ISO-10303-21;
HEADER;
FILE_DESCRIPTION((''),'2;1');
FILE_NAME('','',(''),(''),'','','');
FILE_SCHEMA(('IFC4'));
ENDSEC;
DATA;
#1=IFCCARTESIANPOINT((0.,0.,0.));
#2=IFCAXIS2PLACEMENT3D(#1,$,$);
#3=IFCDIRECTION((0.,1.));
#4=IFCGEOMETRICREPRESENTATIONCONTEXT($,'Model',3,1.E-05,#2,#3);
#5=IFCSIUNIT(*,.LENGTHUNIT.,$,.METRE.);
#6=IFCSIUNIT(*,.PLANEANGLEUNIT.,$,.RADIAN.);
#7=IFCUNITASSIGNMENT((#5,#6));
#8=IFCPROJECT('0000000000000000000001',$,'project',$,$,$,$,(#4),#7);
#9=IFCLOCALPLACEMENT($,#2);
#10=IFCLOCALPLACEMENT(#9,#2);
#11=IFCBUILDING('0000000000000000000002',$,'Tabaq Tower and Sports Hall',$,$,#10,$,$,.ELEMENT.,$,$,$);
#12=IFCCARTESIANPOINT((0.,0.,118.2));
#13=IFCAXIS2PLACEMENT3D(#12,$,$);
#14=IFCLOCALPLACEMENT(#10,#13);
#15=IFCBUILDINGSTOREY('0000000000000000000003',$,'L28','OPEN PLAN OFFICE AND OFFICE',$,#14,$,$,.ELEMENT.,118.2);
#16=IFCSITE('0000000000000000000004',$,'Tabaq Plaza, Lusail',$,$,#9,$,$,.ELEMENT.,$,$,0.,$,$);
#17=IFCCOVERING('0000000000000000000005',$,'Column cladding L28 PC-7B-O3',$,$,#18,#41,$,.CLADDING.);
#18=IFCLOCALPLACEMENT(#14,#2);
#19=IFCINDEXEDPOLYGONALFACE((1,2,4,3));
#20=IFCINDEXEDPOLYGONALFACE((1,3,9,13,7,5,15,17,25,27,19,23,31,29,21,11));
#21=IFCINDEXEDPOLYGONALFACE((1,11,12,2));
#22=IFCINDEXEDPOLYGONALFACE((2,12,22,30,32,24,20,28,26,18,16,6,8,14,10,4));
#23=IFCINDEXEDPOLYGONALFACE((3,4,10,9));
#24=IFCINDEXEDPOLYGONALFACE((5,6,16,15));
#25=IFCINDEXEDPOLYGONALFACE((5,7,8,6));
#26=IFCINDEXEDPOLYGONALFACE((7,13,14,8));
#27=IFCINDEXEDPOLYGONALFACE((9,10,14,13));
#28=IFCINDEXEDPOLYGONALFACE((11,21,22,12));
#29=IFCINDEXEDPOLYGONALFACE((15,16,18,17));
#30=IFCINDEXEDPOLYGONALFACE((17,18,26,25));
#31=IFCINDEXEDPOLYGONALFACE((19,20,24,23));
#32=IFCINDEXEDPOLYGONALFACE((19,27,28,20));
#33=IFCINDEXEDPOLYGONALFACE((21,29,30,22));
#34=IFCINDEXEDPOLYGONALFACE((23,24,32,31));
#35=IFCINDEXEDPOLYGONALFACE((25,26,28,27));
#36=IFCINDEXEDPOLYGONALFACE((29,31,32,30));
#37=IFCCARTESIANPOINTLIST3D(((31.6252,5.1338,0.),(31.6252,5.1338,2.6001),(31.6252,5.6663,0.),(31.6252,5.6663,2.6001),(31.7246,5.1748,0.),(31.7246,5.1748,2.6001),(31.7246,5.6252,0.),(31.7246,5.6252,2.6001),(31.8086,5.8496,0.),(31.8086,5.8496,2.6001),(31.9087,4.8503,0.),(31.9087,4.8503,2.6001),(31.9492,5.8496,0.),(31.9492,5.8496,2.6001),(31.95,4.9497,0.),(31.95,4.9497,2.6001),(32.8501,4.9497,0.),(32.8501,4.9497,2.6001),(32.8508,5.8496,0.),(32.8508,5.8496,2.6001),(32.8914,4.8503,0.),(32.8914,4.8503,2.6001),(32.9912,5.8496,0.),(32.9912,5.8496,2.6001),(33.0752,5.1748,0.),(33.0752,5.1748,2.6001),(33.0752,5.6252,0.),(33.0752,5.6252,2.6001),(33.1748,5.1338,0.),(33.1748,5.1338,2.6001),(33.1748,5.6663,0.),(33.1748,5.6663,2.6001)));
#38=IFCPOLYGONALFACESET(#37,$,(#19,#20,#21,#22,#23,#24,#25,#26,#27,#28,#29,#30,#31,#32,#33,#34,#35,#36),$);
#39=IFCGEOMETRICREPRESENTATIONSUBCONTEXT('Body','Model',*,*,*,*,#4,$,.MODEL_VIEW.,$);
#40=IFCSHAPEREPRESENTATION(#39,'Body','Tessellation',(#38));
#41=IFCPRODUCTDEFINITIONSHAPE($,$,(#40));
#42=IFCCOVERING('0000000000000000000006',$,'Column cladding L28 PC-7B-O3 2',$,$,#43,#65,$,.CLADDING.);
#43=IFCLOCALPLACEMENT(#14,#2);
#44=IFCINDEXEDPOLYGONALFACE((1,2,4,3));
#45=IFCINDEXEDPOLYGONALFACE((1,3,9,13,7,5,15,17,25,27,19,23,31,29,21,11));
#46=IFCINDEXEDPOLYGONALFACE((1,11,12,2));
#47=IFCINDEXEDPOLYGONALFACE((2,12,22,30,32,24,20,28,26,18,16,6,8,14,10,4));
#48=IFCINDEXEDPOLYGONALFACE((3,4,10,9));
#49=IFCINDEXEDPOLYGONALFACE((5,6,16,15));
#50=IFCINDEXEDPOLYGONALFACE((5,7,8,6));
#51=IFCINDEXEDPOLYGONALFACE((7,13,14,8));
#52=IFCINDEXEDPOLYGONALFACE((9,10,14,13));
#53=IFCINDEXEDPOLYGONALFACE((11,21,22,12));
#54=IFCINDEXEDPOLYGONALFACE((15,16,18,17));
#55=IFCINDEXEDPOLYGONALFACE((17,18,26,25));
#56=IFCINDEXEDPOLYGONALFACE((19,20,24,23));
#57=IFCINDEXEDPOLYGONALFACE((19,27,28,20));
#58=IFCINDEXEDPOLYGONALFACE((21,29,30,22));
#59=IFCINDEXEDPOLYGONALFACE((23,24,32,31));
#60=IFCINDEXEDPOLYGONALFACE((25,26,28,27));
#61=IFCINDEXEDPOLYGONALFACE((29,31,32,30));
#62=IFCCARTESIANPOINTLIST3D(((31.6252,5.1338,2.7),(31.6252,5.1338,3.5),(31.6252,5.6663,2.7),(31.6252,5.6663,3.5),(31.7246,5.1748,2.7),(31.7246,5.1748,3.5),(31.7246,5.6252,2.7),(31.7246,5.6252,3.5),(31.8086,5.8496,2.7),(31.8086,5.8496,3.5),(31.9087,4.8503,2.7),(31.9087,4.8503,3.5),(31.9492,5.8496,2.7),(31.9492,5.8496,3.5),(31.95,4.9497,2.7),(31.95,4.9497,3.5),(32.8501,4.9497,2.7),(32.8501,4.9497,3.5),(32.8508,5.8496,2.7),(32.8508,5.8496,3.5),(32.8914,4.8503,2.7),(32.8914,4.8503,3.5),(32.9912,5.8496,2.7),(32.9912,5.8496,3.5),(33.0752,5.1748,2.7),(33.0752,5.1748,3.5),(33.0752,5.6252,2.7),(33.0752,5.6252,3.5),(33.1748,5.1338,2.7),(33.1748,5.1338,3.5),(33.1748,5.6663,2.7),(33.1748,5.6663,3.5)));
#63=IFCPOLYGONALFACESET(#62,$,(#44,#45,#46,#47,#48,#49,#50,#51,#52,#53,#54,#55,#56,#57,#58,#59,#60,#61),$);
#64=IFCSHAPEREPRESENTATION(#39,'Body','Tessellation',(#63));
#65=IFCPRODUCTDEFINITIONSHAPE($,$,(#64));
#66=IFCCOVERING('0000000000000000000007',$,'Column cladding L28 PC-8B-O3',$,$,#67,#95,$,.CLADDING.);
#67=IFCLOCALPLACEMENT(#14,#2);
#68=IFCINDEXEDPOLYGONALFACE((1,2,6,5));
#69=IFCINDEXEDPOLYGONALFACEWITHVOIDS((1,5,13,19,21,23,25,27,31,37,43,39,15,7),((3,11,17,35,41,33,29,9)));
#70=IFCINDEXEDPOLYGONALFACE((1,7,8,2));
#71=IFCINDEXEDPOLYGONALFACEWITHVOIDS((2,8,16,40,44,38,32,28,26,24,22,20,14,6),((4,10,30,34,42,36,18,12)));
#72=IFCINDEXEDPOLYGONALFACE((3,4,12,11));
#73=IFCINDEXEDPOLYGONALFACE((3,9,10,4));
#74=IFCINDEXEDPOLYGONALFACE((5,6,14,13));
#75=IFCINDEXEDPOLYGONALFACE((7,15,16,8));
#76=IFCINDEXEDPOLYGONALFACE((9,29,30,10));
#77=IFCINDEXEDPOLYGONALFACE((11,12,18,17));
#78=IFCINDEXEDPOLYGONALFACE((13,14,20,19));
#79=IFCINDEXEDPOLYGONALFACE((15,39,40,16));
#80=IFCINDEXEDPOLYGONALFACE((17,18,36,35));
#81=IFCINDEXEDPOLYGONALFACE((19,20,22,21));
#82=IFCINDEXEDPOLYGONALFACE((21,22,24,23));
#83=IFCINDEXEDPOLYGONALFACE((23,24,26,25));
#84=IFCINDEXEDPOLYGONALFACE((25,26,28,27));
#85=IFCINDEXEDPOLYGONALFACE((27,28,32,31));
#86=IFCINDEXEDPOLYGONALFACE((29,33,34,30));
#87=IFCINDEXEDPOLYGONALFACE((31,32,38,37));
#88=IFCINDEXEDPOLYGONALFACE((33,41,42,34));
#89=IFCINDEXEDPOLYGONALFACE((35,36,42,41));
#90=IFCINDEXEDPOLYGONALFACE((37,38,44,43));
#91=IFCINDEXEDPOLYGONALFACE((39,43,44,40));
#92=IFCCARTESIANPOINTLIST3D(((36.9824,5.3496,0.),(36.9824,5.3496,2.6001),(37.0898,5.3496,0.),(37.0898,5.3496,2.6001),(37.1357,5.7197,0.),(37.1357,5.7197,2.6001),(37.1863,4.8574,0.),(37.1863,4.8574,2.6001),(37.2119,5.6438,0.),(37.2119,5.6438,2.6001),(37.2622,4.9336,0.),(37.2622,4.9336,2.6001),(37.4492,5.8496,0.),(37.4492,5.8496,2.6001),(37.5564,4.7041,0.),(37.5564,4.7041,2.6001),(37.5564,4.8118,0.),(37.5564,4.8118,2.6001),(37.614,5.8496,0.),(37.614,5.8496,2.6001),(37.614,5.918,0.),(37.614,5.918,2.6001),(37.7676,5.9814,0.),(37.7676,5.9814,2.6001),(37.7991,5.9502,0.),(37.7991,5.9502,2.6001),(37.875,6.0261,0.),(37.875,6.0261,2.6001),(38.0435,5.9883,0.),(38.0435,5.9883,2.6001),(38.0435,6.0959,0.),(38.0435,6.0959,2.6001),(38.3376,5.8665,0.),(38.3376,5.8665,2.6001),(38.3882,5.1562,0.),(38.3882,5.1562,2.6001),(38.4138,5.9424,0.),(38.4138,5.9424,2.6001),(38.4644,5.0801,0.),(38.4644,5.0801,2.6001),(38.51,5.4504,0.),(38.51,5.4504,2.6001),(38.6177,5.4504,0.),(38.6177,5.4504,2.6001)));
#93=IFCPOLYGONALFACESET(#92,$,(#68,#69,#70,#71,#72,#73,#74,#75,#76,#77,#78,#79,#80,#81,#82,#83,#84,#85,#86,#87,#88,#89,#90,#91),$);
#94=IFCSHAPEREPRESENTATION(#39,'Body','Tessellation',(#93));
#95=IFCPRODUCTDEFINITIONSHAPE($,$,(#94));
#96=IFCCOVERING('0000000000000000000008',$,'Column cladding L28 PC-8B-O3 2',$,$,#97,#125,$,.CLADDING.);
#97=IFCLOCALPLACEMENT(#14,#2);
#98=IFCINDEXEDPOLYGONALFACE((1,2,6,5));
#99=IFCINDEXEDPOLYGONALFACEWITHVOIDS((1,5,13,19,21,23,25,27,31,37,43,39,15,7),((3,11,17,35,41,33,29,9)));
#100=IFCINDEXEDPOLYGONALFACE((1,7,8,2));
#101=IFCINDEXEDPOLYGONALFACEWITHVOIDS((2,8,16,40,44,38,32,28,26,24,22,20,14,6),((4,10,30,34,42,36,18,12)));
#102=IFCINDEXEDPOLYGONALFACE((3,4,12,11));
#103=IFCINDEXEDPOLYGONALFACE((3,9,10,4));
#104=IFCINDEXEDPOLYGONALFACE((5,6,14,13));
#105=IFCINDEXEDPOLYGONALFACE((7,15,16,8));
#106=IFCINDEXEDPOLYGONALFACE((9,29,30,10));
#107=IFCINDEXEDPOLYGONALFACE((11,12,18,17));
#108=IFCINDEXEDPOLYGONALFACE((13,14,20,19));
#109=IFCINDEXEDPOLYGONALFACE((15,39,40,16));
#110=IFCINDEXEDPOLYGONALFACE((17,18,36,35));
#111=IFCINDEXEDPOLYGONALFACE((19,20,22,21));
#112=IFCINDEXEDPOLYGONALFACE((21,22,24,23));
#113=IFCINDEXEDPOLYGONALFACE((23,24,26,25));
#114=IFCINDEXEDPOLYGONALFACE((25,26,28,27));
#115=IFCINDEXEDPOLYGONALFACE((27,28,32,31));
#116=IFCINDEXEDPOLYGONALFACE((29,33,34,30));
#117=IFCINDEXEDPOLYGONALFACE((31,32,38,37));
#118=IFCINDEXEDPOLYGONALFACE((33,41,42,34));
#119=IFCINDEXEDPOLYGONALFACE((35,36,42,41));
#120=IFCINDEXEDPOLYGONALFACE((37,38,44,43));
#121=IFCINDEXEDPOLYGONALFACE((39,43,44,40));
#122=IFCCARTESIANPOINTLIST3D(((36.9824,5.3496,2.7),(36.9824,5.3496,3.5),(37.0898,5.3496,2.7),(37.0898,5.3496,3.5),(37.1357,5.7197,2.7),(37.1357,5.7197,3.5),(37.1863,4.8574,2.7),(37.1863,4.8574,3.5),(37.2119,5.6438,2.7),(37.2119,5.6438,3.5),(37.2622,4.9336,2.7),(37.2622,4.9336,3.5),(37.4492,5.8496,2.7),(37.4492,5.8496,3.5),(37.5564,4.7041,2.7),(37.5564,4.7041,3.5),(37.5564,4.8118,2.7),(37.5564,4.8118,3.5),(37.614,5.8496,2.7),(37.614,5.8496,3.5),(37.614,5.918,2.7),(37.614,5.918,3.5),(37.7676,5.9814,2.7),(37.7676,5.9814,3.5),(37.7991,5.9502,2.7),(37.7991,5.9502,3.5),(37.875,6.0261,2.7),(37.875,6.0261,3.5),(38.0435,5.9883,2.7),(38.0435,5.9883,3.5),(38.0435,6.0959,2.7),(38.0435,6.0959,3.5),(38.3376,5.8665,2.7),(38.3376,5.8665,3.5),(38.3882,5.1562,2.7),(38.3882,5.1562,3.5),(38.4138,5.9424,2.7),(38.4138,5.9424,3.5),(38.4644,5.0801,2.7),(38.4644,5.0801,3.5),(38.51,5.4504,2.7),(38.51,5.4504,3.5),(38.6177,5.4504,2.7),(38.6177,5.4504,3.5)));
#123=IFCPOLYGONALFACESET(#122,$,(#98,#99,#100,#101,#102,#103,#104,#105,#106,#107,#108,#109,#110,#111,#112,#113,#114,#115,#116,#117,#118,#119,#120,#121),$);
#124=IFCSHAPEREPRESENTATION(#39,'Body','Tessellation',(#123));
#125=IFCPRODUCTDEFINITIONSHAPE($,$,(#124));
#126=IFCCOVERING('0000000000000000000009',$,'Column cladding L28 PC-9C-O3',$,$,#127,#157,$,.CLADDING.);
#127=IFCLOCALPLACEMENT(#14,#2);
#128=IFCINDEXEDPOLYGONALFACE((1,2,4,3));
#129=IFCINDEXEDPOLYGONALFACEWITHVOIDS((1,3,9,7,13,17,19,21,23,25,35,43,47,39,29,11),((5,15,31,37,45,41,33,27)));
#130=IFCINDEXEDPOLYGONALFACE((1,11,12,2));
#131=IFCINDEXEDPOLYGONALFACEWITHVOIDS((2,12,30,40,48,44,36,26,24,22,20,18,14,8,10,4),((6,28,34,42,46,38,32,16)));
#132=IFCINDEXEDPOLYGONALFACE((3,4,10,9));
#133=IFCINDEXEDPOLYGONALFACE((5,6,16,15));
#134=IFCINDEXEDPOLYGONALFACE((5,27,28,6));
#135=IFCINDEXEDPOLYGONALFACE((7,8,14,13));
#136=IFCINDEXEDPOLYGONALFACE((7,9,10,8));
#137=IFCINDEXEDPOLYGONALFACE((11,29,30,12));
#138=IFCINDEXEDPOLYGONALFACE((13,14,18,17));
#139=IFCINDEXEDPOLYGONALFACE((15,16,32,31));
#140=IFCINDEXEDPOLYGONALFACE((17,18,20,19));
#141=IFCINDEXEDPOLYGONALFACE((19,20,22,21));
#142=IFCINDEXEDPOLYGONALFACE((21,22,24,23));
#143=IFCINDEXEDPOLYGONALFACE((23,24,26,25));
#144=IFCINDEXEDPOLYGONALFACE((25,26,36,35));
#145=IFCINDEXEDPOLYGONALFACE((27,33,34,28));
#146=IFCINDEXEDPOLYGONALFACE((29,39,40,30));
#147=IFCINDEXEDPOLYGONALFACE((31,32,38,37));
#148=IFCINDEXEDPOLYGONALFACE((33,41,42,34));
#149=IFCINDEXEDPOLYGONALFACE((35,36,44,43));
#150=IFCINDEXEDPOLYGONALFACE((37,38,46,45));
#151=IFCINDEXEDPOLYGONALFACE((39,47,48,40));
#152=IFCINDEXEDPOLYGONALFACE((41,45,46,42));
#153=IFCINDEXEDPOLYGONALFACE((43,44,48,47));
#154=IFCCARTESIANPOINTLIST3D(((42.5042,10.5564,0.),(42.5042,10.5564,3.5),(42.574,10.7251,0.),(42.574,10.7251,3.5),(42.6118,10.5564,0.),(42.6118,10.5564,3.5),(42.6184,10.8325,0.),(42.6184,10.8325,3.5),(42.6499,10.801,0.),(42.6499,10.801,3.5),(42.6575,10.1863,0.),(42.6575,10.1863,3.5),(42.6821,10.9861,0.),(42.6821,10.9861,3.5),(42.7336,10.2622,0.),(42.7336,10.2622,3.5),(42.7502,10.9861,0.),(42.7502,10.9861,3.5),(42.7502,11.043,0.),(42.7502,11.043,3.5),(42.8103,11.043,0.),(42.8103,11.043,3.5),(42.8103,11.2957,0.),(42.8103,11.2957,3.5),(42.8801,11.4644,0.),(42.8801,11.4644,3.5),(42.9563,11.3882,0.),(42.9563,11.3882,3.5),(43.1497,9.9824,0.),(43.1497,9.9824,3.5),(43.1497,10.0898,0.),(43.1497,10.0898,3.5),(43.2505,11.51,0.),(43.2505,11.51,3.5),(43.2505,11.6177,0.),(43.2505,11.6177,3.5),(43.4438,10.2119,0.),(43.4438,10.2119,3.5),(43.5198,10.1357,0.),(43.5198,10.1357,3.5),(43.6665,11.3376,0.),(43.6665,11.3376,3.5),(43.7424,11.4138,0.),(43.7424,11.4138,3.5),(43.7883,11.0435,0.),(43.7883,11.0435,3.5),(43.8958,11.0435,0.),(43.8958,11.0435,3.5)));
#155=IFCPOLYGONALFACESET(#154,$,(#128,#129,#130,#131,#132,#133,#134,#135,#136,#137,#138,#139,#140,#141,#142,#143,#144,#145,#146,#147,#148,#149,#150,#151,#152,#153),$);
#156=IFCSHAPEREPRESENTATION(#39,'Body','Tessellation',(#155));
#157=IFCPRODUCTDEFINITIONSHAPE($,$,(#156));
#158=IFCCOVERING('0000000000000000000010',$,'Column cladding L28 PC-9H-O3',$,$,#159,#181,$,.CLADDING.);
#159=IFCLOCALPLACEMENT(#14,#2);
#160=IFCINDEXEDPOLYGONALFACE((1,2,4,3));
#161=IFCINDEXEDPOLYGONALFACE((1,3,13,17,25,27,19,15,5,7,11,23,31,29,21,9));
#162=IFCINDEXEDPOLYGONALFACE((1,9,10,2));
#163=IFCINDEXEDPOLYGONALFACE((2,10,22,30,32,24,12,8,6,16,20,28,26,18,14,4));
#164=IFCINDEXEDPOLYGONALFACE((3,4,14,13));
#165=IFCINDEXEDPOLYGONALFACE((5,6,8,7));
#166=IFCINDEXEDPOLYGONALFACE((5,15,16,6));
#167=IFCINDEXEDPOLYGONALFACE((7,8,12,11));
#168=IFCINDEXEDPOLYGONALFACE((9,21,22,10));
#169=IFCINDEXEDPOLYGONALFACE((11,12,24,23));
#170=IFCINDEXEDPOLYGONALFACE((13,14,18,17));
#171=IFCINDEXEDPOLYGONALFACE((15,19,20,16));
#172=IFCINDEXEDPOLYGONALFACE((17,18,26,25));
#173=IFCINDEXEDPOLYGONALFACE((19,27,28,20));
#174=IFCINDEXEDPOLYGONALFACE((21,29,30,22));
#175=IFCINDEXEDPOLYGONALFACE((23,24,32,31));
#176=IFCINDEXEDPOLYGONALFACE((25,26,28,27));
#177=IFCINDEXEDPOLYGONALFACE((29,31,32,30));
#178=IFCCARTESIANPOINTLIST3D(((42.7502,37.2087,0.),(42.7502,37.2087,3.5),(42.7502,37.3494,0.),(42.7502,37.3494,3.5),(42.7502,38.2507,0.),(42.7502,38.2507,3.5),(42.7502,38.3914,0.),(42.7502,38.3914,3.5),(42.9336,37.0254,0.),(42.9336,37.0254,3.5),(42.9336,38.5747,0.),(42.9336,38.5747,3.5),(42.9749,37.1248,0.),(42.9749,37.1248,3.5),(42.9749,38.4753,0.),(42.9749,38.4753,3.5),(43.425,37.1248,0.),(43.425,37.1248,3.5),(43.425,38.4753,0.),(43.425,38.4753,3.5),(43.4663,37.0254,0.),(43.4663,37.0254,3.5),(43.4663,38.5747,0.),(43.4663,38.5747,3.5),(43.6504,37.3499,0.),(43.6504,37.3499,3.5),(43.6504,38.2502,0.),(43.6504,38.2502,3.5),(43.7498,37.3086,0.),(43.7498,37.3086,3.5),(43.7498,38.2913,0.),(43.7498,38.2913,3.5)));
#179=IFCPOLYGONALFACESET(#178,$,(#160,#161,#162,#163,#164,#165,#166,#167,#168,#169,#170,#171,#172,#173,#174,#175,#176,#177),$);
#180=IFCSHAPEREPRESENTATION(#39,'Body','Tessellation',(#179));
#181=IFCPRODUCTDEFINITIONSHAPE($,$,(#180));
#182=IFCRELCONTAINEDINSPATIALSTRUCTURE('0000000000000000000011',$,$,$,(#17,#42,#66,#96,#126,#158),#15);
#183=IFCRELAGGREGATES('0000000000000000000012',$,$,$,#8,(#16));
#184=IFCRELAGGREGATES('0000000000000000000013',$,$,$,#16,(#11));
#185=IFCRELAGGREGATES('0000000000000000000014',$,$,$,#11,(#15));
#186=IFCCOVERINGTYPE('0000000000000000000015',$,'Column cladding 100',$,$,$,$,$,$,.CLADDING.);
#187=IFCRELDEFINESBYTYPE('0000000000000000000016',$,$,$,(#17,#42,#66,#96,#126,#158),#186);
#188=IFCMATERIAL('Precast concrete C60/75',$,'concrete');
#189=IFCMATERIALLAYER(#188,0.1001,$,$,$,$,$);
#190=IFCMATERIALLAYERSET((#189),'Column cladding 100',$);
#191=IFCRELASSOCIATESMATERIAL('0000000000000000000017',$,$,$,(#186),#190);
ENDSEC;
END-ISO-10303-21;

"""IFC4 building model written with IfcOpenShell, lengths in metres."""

from ifc_helpers import new_model, si_unit, direction, frame, origin, place, context, subcontext, project, spatial, polyline, outline, extrude, material, layer, layer_set, type_object, element, save


model = new_model("IFC4")

# Units and contexts
model_context = context("Model", 3, precision=1e-05, world=origin(), true_north=direction((0.0, 1.0)))
body_context = subcontext(model_context, "Body", "Model", "MODEL_VIEW")
ifc_project = project(units=[si_unit("LENGTHUNIT", "METRE"), si_unit("PLANEANGLEUNIT", "RADIAN")], contexts=[model_context])

# Site, building, storey
site_placement = place(None, origin())
site = spatial("IfcSite", under=ifc_project, at=site_placement, Name="Tabaq Plaza, Lusail", CompositionType="ELEMENT", RefElevation=0.0)
building_placement = place(site_placement, origin())
building = spatial("IfcBuilding", under=site, at=building_placement, Name="Tabaq Tower and Sports Hall", CompositionType="ELEMENT")
storey_placement = place(building_placement, frame((0.0, 0.0, 118.2)))
storey = spatial("IfcBuildingStorey", under=building, at=storey_placement, Name="L28", Description="OPEN PLAN OFFICE AND OFFICE", CompositionType="ELEMENT", Elevation=118.2)

# Coverings
ifc_material_1 = material(Name="Precast concrete C60/75", Category="concrete")
ifc_layer_1 = layer(ifc_material_1, 0.1001)
ifc_layer_set_1 = layer_set([ifc_layer_1], Name="Column cladding 100")
covering_type = type_object("IfcCoveringType", Name="Column cladding 100", PredefinedType="CLADDING", material=ifc_layer_set_1)
covering_1_placement = place(storey_placement, origin())
element("IfcCovering", 1, at=covering_1_placement, inside=storey, type_object=covering_type, Name="Column cladding L28 PC-7B-O3", PredefinedType="CLADDING", context=body_context, shape_type="SweptSolid", body=[
    extrude(outline(polyline([(31.6252, 5.6663), (31.8086, 5.8496), (31.9492, 5.8496), (31.7246, 5.6252), (31.7246, 5.1748), (31.95, 4.9497), (32.8501, 4.9497), (33.0752, 5.1748), (33.0752, 5.6252), (32.8508, 5.8496), (32.9912, 5.8496), (33.1748, 5.6663), (33.1748, 5.1338), (32.8914, 4.8503), (31.9087, 4.8503), (31.6252, 5.1338), (31.6252, 5.6663)])), origin(), (0.0, 0.0, 1.0), 2.6001),
])
covering_2_placement = place(storey_placement, frame((0.0, 0.0, 2.7)))
element("IfcCovering", 2, at=covering_2_placement, inside=storey, type_object=covering_type, Name="Column cladding L28 PC-7B-O3 2", PredefinedType="CLADDING", context=body_context, shape_type="SweptSolid", body=[
    extrude(outline(polyline([(31.6252, 5.6663), (31.8086, 5.8496), (31.9492, 5.8496), (31.7246, 5.6252), (31.7246, 5.1748), (31.95, 4.9497), (32.8501, 4.9497), (33.0752, 5.1748), (33.0752, 5.6252), (32.8508, 5.8496), (32.9912, 5.8496), (33.1748, 5.6663), (33.1748, 5.1338), (32.8914, 4.8503), (31.9087, 4.8503), (31.6252, 5.1338), (31.6252, 5.6663)])), origin(), (0.0, 0.0, 1.0), 0.8),
])
covering_3_placement = place(storey_placement, origin())
element("IfcCovering", 3, at=covering_3_placement, inside=storey, type_object=covering_type, Name="Column cladding L28 PC-8B-O3", PredefinedType="CLADDING", context=body_context, shape_type="SweptSolid", body=[
    extrude(outline(polyline([(36.9824, 5.3496), (37.1357, 5.7197), (37.4492, 5.8496), (37.614, 5.8496), (37.614, 5.918), (37.7676, 5.9814), (37.7991, 5.9502), (37.875, 6.0261), (38.0435, 6.0959), (38.4138, 5.9424), (38.6177, 5.4504), (38.4644, 5.0801), (37.5564, 4.7041), (37.1863, 4.8574), (36.9824, 5.3496)]), holes=[polyline([(38.51, 5.4504), (38.3376, 5.8665), (38.0435, 5.9883), (37.2119, 5.6438), (37.0898, 5.3496), (37.2622, 4.9336), (37.5564, 4.8118), (38.3882, 5.1562), (38.51, 5.4504)])]), origin(), (0.0, 0.0, 1.0), 2.6001),
])
covering_4_placement = place(storey_placement, frame((0.0, 0.0, 2.7)))
element("IfcCovering", 4, at=covering_4_placement, inside=storey, type_object=covering_type, Name="Column cladding L28 PC-8B-O3 2", PredefinedType="CLADDING", context=body_context, shape_type="SweptSolid", body=[
    extrude(outline(polyline([(36.9824, 5.3496), (37.1357, 5.7197), (37.4492, 5.8496), (37.614, 5.8496), (37.614, 5.918), (37.7676, 5.9814), (37.7991, 5.9502), (37.875, 6.0261), (38.0435, 6.0959), (38.4138, 5.9424), (38.6177, 5.4504), (38.4644, 5.0801), (37.5564, 4.7041), (37.1863, 4.8574), (36.9824, 5.3496)]), holes=[polyline([(38.51, 5.4504), (38.3376, 5.8665), (38.0435, 5.9883), (37.2119, 5.6438), (37.0898, 5.3496), (37.2622, 4.9336), (37.5564, 4.8118), (38.3882, 5.1562), (38.51, 5.4504)])]), origin(), (0.0, 0.0, 1.0), 0.8),
])
covering_5_placement = place(storey_placement, origin())
element("IfcCovering", 5, at=covering_5_placement, inside=storey, type_object=covering_type, Name="Column cladding L28 PC-9C-O3", PredefinedType="CLADDING", context=body_context, shape_type="SweptSolid", body=[
    extrude(outline(polyline([(42.6575, 10.1863), (42.5042, 10.5564), (42.574, 10.7251), (42.6499, 10.801), (42.6184, 10.8325), (42.6821, 10.9861), (42.7502, 10.9861), (42.7502, 11.043), (42.8103, 11.043), (42.8103, 11.2957), (42.8801, 11.4644), (43.2505, 11.6177), (43.7424, 11.4138), (43.8958, 11.0435), (43.5198, 10.1357), (43.1497, 9.9824), (42.6575, 10.1863)]), holes=[polyline([(43.6665, 11.3376), (43.2505, 11.51), (42.9563, 11.3882), (42.6118, 10.5564), (42.7336, 10.2622), (43.1497, 10.0898), (43.4438, 10.2119), (43.7883, 11.0435), (43.6665, 11.3376)])]), origin(), (0.0, 0.0, 1.0), 3.5),
])
covering_6_placement = place(storey_placement, origin())
element("IfcCovering", 6, at=covering_6_placement, inside=storey, type_object=covering_type, Name="Column cladding L28 PC-9H-O3", PredefinedType="CLADDING", context=body_context, shape_type="SweptSolid", body=[
    extrude(outline(polyline([(42.9336, 37.0254), (42.7502, 37.2087), (42.7502, 37.3494), (42.9749, 37.1248), (43.425, 37.1248), (43.6504, 37.3499), (43.6504, 38.2502), (43.425, 38.4753), (42.9749, 38.4753), (42.7502, 38.2507), (42.7502, 38.3914), (42.9336, 38.5747), (43.4663, 38.5747), (43.7498, 38.2913), (43.7498, 37.3086), (43.4663, 37.0254), (42.9336, 37.0254)])), origin(), (0.0, 0.0, 1.0), 3.5),
])

save(model, "model.ifc")
